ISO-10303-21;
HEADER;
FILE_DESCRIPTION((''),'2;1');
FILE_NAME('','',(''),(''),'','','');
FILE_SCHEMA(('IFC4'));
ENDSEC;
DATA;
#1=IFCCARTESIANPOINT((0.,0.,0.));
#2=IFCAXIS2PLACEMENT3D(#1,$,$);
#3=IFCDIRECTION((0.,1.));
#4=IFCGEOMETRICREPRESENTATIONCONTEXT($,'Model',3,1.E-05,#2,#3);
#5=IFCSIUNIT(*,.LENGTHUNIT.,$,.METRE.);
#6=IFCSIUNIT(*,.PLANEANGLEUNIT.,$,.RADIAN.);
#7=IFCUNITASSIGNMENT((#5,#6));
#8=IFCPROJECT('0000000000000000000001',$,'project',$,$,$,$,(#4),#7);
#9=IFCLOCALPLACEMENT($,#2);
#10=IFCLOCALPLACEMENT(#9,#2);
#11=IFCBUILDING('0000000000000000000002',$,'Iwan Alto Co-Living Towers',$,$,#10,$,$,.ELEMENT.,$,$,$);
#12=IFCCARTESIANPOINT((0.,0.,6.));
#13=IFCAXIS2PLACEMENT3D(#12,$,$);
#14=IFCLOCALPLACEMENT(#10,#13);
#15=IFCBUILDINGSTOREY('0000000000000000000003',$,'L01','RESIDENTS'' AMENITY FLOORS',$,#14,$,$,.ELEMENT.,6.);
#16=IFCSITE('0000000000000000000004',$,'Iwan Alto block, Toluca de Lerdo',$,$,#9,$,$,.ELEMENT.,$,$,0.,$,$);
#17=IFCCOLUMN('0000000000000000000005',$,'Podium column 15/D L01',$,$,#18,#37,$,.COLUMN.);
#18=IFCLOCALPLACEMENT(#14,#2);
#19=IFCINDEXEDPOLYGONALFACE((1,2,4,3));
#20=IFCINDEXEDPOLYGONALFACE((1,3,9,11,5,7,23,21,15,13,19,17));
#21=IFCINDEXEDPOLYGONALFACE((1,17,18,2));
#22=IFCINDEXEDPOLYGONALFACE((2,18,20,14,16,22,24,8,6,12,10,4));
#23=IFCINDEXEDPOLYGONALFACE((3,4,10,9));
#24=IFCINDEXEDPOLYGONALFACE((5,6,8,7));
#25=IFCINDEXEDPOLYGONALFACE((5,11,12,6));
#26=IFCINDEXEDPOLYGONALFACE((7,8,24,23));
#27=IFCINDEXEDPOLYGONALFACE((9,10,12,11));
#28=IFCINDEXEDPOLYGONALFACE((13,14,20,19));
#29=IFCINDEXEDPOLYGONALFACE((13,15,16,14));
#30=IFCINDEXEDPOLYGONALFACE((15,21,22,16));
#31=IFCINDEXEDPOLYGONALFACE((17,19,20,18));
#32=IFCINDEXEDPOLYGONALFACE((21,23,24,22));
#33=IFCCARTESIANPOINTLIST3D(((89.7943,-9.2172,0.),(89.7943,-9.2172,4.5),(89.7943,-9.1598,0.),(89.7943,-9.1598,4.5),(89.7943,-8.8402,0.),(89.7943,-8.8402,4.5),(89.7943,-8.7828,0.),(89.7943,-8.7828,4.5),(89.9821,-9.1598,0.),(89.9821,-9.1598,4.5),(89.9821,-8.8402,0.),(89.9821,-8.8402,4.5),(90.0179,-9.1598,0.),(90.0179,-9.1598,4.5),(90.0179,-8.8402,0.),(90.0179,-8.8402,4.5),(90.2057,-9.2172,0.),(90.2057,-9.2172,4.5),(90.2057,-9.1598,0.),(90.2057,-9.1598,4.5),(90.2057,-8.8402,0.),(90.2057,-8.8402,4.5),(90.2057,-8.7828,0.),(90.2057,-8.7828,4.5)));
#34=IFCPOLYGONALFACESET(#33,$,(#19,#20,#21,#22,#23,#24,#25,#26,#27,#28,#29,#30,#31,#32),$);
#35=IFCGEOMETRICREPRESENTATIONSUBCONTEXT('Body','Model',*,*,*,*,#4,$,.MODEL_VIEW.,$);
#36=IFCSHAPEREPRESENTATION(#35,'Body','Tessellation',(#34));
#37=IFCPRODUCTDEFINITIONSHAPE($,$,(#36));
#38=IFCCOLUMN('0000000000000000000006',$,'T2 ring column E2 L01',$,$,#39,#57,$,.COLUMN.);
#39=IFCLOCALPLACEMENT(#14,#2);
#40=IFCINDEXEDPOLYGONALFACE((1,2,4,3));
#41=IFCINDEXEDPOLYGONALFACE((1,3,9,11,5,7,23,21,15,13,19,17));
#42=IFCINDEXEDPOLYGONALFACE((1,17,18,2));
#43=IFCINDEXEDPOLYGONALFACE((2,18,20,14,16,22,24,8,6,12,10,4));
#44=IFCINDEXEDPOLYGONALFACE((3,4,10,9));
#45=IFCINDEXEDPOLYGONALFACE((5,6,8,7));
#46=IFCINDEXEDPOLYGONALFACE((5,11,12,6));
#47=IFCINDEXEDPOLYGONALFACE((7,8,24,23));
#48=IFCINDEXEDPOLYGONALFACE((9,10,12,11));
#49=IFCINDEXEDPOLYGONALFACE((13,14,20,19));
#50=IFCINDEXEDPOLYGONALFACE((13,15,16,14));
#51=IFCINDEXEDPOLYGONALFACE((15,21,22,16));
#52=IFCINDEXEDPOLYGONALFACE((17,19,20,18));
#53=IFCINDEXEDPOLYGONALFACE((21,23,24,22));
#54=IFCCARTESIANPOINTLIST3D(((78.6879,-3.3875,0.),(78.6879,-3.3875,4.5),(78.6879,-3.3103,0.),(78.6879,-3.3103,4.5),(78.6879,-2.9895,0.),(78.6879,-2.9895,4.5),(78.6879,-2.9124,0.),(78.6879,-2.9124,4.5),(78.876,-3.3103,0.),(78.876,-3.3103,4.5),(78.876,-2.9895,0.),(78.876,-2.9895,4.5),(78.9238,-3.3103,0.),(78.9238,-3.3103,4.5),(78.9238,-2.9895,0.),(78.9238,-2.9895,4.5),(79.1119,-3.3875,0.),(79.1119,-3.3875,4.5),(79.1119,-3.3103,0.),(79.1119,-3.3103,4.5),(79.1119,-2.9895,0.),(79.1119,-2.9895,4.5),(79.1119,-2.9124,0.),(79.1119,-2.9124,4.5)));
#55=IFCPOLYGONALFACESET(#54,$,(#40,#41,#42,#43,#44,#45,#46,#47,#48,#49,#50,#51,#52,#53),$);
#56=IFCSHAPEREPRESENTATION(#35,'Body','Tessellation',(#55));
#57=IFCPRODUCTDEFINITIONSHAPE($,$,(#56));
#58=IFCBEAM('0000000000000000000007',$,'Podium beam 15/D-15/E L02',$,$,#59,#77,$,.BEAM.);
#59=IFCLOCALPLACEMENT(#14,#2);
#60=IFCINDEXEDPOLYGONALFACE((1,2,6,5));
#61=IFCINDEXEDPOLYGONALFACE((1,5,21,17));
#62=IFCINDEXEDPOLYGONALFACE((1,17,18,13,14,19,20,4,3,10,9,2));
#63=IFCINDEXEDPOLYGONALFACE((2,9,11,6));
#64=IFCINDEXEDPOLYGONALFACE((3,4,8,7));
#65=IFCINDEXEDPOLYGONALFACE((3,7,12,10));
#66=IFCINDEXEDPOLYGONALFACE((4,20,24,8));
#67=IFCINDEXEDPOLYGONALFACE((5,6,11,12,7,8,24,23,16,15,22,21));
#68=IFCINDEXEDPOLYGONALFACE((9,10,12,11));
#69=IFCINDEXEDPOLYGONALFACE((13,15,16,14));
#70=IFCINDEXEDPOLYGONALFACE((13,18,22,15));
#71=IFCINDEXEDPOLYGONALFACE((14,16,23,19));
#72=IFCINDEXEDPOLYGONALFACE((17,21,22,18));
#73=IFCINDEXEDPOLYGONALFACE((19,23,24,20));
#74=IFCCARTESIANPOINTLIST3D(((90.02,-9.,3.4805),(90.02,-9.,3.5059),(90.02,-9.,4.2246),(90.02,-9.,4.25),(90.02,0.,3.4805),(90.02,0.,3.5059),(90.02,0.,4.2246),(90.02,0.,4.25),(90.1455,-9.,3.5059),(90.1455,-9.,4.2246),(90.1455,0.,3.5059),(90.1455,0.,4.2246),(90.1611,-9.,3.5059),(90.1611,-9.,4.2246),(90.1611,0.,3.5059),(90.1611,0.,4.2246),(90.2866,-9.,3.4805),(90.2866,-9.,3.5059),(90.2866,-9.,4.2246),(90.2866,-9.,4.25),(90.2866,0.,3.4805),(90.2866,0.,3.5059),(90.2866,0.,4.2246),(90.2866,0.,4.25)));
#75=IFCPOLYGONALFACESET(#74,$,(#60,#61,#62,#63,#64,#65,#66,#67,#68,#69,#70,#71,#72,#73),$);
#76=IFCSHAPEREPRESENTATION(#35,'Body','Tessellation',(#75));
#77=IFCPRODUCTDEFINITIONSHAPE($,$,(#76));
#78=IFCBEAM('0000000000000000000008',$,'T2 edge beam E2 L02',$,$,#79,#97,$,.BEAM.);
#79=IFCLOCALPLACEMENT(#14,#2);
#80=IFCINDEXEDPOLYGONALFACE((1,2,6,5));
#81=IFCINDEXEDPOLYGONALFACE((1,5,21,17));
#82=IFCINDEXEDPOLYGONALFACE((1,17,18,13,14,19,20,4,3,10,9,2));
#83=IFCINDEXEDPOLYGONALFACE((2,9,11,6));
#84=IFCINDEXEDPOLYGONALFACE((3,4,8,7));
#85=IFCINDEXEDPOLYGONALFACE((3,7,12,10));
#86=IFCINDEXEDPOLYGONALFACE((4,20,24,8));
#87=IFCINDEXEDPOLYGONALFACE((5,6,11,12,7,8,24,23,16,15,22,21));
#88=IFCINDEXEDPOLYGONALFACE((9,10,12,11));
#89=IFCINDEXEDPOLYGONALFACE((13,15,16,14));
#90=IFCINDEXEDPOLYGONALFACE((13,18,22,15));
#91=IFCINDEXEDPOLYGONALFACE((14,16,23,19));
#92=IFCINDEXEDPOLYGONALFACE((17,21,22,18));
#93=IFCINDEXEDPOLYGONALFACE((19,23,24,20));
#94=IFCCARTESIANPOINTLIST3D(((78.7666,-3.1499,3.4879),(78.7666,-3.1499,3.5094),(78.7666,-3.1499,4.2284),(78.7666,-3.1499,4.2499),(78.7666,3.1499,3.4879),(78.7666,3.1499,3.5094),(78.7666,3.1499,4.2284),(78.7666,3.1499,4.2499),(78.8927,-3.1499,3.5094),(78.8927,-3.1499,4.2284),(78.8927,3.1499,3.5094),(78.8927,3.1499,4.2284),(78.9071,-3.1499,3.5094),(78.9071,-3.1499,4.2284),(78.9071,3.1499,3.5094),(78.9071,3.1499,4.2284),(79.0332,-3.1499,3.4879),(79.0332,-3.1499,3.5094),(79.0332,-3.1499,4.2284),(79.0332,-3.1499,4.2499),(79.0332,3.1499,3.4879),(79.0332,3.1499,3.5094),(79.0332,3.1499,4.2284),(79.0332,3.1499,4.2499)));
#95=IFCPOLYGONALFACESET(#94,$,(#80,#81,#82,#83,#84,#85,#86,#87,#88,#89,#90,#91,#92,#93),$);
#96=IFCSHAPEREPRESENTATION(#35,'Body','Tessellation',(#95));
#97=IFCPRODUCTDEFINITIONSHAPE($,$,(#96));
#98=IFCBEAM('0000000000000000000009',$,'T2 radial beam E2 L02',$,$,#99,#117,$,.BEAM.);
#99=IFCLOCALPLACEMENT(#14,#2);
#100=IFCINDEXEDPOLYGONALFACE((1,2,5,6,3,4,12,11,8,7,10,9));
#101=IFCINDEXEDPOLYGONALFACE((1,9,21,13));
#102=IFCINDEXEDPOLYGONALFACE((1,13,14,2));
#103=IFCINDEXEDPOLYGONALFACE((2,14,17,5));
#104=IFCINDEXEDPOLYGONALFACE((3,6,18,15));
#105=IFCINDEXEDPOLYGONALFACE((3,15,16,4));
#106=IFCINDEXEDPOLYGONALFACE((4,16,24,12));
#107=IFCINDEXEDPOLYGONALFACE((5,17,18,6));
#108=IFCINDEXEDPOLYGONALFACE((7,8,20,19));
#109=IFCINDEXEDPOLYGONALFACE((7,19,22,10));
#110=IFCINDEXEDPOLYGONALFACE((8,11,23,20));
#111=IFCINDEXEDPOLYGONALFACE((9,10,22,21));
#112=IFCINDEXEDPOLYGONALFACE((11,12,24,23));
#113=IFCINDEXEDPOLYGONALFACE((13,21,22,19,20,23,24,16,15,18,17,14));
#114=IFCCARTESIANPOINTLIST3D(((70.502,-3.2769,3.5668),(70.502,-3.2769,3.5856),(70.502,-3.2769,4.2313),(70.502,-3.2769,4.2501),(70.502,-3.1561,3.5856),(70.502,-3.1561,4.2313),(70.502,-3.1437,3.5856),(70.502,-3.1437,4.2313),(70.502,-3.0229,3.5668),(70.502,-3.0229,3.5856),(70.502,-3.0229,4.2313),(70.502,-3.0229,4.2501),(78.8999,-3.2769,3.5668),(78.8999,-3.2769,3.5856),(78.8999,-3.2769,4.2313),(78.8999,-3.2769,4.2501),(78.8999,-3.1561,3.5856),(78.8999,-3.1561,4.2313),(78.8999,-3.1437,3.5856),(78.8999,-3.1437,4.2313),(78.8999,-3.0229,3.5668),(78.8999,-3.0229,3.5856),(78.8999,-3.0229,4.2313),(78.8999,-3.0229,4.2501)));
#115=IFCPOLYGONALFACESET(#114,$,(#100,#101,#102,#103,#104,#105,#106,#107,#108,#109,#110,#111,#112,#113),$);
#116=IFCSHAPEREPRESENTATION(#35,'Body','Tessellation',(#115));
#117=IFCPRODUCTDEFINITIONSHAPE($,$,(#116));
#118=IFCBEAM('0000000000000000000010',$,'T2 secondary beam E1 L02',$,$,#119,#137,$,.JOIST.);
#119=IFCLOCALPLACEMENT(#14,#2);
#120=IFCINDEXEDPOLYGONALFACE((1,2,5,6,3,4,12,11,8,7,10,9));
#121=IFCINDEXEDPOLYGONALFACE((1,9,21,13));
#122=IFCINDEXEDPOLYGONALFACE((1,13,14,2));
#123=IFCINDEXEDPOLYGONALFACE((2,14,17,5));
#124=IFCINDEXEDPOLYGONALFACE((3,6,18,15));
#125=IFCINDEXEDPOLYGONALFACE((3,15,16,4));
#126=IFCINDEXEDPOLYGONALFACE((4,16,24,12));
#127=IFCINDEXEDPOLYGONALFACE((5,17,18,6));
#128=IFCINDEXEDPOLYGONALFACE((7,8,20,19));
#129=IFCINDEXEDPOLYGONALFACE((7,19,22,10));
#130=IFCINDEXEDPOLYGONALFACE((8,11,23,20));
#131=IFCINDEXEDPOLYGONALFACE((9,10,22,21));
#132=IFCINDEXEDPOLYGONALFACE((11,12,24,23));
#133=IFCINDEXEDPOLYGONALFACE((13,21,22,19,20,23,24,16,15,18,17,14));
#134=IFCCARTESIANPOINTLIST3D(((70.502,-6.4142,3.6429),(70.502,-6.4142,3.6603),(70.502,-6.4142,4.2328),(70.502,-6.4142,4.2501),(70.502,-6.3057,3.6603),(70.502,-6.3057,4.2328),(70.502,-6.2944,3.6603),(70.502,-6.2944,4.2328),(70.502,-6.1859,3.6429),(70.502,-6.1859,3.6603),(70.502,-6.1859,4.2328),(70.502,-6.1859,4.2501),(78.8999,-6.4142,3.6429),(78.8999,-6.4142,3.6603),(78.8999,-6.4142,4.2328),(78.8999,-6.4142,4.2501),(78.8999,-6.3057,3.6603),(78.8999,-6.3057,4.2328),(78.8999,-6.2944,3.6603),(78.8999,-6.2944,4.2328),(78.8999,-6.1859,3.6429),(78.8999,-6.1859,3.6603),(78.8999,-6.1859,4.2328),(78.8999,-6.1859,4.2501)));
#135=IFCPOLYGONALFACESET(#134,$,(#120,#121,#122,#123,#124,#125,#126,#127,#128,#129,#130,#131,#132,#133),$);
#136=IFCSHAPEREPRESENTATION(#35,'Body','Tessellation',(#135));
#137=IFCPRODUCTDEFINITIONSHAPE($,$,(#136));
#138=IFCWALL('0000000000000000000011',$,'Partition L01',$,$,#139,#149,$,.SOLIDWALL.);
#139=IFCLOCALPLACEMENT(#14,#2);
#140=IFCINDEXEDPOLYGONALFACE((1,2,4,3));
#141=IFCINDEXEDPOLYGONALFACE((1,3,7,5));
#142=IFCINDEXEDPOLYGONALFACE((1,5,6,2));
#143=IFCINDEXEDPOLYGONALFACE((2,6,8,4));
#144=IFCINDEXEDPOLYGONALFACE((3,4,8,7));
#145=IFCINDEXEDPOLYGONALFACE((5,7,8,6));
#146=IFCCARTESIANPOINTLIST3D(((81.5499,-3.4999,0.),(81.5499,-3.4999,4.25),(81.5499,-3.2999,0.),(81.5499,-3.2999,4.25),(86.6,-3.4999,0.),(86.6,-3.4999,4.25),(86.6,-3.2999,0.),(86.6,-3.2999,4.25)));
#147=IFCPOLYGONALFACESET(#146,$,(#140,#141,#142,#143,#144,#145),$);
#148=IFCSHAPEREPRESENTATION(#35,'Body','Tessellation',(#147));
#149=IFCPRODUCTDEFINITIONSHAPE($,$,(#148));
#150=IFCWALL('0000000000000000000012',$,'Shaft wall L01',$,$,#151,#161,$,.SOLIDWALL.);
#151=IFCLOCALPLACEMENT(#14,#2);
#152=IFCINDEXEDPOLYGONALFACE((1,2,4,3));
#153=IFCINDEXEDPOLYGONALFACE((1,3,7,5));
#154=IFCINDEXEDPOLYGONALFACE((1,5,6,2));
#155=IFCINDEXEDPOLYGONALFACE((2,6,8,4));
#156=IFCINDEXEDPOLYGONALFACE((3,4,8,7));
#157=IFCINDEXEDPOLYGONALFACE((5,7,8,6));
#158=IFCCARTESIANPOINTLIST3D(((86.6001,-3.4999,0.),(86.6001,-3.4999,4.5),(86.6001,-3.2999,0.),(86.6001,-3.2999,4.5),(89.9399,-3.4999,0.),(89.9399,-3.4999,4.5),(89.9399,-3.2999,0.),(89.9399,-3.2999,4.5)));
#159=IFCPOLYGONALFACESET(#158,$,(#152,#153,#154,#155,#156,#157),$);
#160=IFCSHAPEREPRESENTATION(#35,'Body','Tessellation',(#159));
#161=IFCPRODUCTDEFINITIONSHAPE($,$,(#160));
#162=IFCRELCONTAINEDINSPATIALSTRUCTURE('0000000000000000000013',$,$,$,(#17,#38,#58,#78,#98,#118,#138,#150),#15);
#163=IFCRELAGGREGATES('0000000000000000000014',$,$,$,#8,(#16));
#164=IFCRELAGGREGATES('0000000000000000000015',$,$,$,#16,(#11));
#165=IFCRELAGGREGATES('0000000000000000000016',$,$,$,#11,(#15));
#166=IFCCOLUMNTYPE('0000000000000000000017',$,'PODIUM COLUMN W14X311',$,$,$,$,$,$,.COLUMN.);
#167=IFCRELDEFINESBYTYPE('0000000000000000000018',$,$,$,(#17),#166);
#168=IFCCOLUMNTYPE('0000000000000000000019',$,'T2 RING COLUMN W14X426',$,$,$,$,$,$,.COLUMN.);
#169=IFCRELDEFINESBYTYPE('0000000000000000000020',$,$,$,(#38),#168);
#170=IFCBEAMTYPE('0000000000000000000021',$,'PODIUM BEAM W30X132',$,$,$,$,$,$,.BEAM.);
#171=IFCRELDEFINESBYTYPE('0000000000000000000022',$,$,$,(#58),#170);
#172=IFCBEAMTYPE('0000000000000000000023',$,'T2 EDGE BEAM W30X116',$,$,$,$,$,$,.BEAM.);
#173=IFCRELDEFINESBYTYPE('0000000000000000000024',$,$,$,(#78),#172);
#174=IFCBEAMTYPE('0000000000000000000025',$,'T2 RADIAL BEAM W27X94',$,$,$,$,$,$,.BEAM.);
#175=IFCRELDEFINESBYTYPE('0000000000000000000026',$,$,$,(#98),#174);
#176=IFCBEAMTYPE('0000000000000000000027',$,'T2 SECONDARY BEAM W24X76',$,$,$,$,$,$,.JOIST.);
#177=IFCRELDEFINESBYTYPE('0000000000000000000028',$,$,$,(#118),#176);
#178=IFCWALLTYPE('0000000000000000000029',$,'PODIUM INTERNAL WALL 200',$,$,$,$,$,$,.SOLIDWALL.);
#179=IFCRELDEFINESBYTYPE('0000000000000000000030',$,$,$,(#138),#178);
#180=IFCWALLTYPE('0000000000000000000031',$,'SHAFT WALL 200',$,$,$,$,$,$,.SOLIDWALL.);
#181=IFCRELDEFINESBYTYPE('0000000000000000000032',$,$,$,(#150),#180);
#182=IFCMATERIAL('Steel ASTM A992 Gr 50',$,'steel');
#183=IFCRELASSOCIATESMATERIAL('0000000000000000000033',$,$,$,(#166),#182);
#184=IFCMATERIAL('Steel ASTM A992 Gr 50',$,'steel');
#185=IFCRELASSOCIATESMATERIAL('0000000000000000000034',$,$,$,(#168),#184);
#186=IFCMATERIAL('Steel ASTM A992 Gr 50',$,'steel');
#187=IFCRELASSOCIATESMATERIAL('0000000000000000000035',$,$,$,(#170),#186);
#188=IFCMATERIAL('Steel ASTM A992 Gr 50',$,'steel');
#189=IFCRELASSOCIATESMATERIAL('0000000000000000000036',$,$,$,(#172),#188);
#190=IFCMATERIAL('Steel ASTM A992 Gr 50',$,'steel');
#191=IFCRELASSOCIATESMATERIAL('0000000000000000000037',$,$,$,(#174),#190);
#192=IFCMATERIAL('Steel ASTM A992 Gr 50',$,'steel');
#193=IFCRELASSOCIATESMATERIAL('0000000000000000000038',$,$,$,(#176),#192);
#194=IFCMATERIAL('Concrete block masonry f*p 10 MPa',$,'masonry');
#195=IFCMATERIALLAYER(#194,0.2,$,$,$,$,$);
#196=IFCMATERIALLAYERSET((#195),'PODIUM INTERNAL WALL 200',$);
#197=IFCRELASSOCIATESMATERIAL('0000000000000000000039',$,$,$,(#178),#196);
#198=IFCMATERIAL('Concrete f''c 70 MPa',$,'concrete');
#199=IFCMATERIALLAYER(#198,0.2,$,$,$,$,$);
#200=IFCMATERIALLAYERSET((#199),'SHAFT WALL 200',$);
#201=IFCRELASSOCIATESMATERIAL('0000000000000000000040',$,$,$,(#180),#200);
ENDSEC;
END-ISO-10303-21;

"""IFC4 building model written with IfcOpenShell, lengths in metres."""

from ifc_helpers import new_model, si_unit, direction, frame, frame_2d, origin, origin_2d, place, context, subcontext, project, spatial, rectangle, i_section, extrude, material, layer, layer_set, material_profile, profile_set, type_object, element, save


model = new_model("IFC4")

# Units and contexts
model_context = context("Model", 3, precision=1e-05, world=origin(), true_north=direction((0.0, 1.0)))
body_context = subcontext(model_context, "Body", "Model", "MODEL_VIEW")
ifc_project = project(units=[si_unit("LENGTHUNIT", "METRE"), si_unit("PLANEANGLEUNIT", "RADIAN")], contexts=[model_context])

# Site, building, storey
site_placement = place(None, origin())
site = spatial("IfcSite", under=ifc_project, at=site_placement, Name="Iwan Alto block, Toluca de Lerdo", CompositionType="ELEMENT", RefElevation=0.0)
building_placement = place(site_placement, origin())
building = spatial("IfcBuilding", under=site, at=building_placement, Name="Iwan Alto Co-Living Towers", CompositionType="ELEMENT")
storey_placement = place(building_placement, frame((0.0, 0.0, 6.0)))
storey = spatial("IfcBuildingStorey", under=building, at=storey_placement, Name="L01", Description="RESIDENTS' AMENITY FLOORS", CompositionType="ELEMENT", Elevation=6.0)

# Columns
ifc_material_1 = material(Name="Steel ASTM A992 Gr 50", Category="steel")
ifc_material_profile_1 = material_profile(ifc_material_1, i_section(OverallWidth=0.4114, OverallDepth=0.4343, WebThickness=0.0359, FlangeThickness=0.0574, at=origin_2d()), Name="W14X311")
ifc_profile_set_1 = profile_set([ifc_material_profile_1], Name="Steel ASTM A992 Gr 50")
column_type_1 = type_object("IfcColumnType", Name="PODIUM COLUMN W14X311", PredefinedType="COLUMN", material=ifc_profile_set_1)
column_1_placement = place(storey_placement, frame((90.0, -9.0, 0.0), z_axis=(0.0, 0.0, 1.0), x_axis=(1.0, 0.0, 0.0)))
element("IfcColumn", 1, at=column_1_placement, inside=storey, type_object=column_type_1, Name="Podium column 15/D L01", PredefinedType="COLUMN", context=body_context, shape_type="SweptSolid", body=[
    extrude(i_section(OverallWidth=0.4114, OverallDepth=0.4343, WebThickness=0.0359, FlangeThickness=0.0574, at=origin_2d()), origin(), (0.0, 0.0, 1.0), 4.5),
])
ifc_material_2 = material(Name="Steel ASTM A992 Gr 50", Category="steel")
ifc_material_profile_2 = material_profile(ifc_material_2, i_section(OverallWidth=0.4241, OverallDepth=0.4751, WebThickness=0.0479, FlangeThickness=0.0771, at=origin_2d()), Name="W14X426")
ifc_profile_set_2 = profile_set([ifc_material_profile_2], Name="Steel ASTM A992 Gr 50")
column_type_2 = type_object("IfcColumnType", Name="T2 RING COLUMN W14X426", PredefinedType="COLUMN", material=ifc_profile_set_2)
column_2_placement = place(storey_placement, frame((78.8999, -3.1499, 0.0), z_axis=(0.0, 0.0, 1.0), x_axis=(1.0, 0.0, 0.0)))
element("IfcColumn", 2, at=column_2_placement, inside=storey, type_object=column_type_2, Name="T2 ring column E2 L01", PredefinedType="COLUMN", context=body_context, shape_type="SweptSolid", body=[
    extrude(i_section(OverallWidth=0.4241, OverallDepth=0.4751, WebThickness=0.0479, FlangeThickness=0.0771, at=origin_2d()), origin(), (0.0, 0.0, 1.0), 4.5),
])

# Beams
ifc_material_3 = material(Name="Steel ASTM A992 Gr 50", Category="steel")
ifc_material_profile_3 = material_profile(ifc_material_3, i_section(OverallWidth=0.2666, OverallDepth=0.7695, WebThickness=0.0156, FlangeThickness=0.0254, at=origin_2d()), Name="W30X132")
ifc_profile_set_3 = profile_set([ifc_material_profile_3], Name="Steel ASTM A992 Gr 50")
beam_type_1 = type_object("IfcBeamType", Name="PODIUM BEAM W30X132", PredefinedType="BEAM", material=ifc_profile_set_3)
beam_1_placement = place(storey_placement, frame((90.1533, -9.0, 3.8652), z_axis=(0.0, 1.0, 0.0), x_axis=(-1.0, 0.0, 0.0)))
element("IfcBeam", 3, at=beam_1_placement, inside=storey, type_object=beam_type_1, Name="Podium beam 15/D-15/E L02", PredefinedType="BEAM", context=body_context, shape_type="SweptSolid", body=[
    extrude(i_section(OverallWidth=0.2666, OverallDepth=0.7695, WebThickness=0.0156, FlangeThickness=0.0254, at=origin_2d()), origin(), (0.0, 0.0, 1.0), 9.0),
])
ifc_material_4 = material(Name="Steel ASTM A992 Gr 50", Category="steel")
ifc_material_profile_4 = material_profile(ifc_material_4, i_section(OverallWidth=0.2666, OverallDepth=0.762, WebThickness=0.0144, FlangeThickness=0.0215, at=origin_2d()), Name="W30X116")
ifc_profile_set_4 = profile_set([ifc_material_profile_4], Name="Steel ASTM A992 Gr 50")
beam_type_2 = type_object("IfcBeamType", Name="T2 EDGE BEAM W30X116", PredefinedType="BEAM", material=ifc_profile_set_4)
beam_2_placement = place(storey_placement, frame((78.8999, -3.1499, 3.8689), z_axis=(0.0, 1.0, 0.0), x_axis=(-1.0, 0.0, 0.0)))
element("IfcBeam", 4, at=beam_2_placement, inside=storey, type_object=beam_type_2, Name="T2 edge beam E2 L02", PredefinedType="BEAM", context=body_context, shape_type="SweptSolid", body=[
    extrude(i_section(OverallWidth=0.2666, OverallDepth=0.762, WebThickness=0.0144, FlangeThickness=0.0215, at=origin_2d()), origin(), (0.0, 0.0, 1.0), 6.2998),
])
ifc_material_5 = material(Name="Steel ASTM A992 Gr 50", Category="steel")
ifc_material_profile_5 = material_profile(ifc_material_5, i_section(OverallWidth=0.2539, OverallDepth=0.6833, WebThickness=0.0125, FlangeThickness=0.0188, at=origin_2d()), Name="W27X94")
ifc_profile_set_5 = profile_set([ifc_material_profile_5], Name="Steel ASTM A992 Gr 50")
beam_type_3 = type_object("IfcBeamType", Name="T2 RADIAL BEAM W27X94", PredefinedType="BEAM", material=ifc_profile_set_5)
beam_3_placement = place(storey_placement, frame((78.8999, -3.1499, 3.9084), z_axis=(-1.0, 0.0, 0.0), x_axis=(0.0, -1.0, 0.0)))
element("IfcBeam", 5, at=beam_3_placement, inside=storey, type_object=beam_type_3, Name="T2 radial beam E2 L02", PredefinedType="BEAM", context=body_context, shape_type="SweptSolid", body=[
    extrude(i_section(OverallWidth=0.2539, OverallDepth=0.6833, WebThickness=0.0125, FlangeThickness=0.0188, at=origin_2d()), origin(), (0.0, 0.0, 1.0), 8.3979),
])
ifc_material_6 = material(Name="Steel ASTM A992 Gr 50", Category="steel")
ifc_material_profile_6 = material_profile(ifc_material_6, i_section(OverallWidth=0.2283, OverallDepth=0.6072, WebThickness=0.0112, FlangeThickness=0.0173, at=origin_2d()), Name="W24X76")
ifc_profile_set_6 = profile_set([ifc_material_profile_6], Name="Steel ASTM A992 Gr 50")
beam_type_4 = type_object("IfcBeamType", Name="T2 SECONDARY BEAM W24X76", PredefinedType="JOIST", material=ifc_profile_set_6)
beam_4_placement = place(storey_placement, frame((78.8999, -6.3, 3.9465), z_axis=(-1.0, 0.0, 0.0), x_axis=(0.0, -1.0, 0.0)))
element("IfcBeam", 6, at=beam_4_placement, inside=storey, type_object=beam_type_4, Name="T2 secondary beam E1 L02", PredefinedType="JOIST", context=body_context, shape_type="SweptSolid", body=[
    extrude(i_section(OverallWidth=0.2283, OverallDepth=0.6072, WebThickness=0.0112, FlangeThickness=0.0173, at=origin_2d()), origin(), (0.0, 0.0, 1.0), 8.3979),
])

# Walls
ifc_material_7 = material(Name="Concrete block masonry f*p 10 MPa", Category="masonry")
ifc_layer_1 = layer(ifc_material_7, 0.2)
ifc_layer_set_1 = layer_set([ifc_layer_1], Name="PODIUM INTERNAL WALL 200")
wall_type_1 = type_object("IfcWallType", Name="PODIUM INTERNAL WALL 200", PredefinedType="SOLIDWALL", material=ifc_layer_set_1)
wall_1_placement = place(storey_placement, frame((81.55, -3.3999, 0.0), z_axis=(0.0, 0.0, 1.0), x_axis=(1.0, 0.0, 0.0)))
element("IfcWall", 7, at=wall_1_placement, inside=storey, type_object=wall_type_1, Name="Partition L01", PredefinedType="SOLIDWALL", context=body_context, shape_type="SweptSolid", body=[
    extrude(rectangle(XDim=5.05, YDim=0.2, at=frame_2d((2.5249, 0.0))), origin(), (0.0, 0.0, 1.0), 4.25),
])
ifc_material_8 = material(Name="Concrete f'c 70 MPa", Category="concrete")
ifc_layer_2 = layer(ifc_material_8, 0.2)
ifc_layer_set_2 = layer_set([ifc_layer_2], Name="SHAFT WALL 200")
wall_type_2 = type_object("IfcWallType", Name="SHAFT WALL 200", PredefinedType="SOLIDWALL", material=ifc_layer_set_2)
wall_2_placement = place(storey_placement, frame((86.6001, -3.3999, 0.0), z_axis=(0.0, 0.0, 1.0), x_axis=(1.0, 0.0, 0.0)))
element("IfcWall", 8, at=wall_2_placement, inside=storey, type_object=wall_type_2, Name="Shaft wall L01", PredefinedType="SOLIDWALL", context=body_context, shape_type="SweptSolid", body=[
    extrude(rectangle(XDim=3.3398, YDim=0.2, at=frame_2d((1.6699, 0.0))), origin(), (0.0, 0.0, 1.0), 4.5),
])

save(model, "model.ifc")
